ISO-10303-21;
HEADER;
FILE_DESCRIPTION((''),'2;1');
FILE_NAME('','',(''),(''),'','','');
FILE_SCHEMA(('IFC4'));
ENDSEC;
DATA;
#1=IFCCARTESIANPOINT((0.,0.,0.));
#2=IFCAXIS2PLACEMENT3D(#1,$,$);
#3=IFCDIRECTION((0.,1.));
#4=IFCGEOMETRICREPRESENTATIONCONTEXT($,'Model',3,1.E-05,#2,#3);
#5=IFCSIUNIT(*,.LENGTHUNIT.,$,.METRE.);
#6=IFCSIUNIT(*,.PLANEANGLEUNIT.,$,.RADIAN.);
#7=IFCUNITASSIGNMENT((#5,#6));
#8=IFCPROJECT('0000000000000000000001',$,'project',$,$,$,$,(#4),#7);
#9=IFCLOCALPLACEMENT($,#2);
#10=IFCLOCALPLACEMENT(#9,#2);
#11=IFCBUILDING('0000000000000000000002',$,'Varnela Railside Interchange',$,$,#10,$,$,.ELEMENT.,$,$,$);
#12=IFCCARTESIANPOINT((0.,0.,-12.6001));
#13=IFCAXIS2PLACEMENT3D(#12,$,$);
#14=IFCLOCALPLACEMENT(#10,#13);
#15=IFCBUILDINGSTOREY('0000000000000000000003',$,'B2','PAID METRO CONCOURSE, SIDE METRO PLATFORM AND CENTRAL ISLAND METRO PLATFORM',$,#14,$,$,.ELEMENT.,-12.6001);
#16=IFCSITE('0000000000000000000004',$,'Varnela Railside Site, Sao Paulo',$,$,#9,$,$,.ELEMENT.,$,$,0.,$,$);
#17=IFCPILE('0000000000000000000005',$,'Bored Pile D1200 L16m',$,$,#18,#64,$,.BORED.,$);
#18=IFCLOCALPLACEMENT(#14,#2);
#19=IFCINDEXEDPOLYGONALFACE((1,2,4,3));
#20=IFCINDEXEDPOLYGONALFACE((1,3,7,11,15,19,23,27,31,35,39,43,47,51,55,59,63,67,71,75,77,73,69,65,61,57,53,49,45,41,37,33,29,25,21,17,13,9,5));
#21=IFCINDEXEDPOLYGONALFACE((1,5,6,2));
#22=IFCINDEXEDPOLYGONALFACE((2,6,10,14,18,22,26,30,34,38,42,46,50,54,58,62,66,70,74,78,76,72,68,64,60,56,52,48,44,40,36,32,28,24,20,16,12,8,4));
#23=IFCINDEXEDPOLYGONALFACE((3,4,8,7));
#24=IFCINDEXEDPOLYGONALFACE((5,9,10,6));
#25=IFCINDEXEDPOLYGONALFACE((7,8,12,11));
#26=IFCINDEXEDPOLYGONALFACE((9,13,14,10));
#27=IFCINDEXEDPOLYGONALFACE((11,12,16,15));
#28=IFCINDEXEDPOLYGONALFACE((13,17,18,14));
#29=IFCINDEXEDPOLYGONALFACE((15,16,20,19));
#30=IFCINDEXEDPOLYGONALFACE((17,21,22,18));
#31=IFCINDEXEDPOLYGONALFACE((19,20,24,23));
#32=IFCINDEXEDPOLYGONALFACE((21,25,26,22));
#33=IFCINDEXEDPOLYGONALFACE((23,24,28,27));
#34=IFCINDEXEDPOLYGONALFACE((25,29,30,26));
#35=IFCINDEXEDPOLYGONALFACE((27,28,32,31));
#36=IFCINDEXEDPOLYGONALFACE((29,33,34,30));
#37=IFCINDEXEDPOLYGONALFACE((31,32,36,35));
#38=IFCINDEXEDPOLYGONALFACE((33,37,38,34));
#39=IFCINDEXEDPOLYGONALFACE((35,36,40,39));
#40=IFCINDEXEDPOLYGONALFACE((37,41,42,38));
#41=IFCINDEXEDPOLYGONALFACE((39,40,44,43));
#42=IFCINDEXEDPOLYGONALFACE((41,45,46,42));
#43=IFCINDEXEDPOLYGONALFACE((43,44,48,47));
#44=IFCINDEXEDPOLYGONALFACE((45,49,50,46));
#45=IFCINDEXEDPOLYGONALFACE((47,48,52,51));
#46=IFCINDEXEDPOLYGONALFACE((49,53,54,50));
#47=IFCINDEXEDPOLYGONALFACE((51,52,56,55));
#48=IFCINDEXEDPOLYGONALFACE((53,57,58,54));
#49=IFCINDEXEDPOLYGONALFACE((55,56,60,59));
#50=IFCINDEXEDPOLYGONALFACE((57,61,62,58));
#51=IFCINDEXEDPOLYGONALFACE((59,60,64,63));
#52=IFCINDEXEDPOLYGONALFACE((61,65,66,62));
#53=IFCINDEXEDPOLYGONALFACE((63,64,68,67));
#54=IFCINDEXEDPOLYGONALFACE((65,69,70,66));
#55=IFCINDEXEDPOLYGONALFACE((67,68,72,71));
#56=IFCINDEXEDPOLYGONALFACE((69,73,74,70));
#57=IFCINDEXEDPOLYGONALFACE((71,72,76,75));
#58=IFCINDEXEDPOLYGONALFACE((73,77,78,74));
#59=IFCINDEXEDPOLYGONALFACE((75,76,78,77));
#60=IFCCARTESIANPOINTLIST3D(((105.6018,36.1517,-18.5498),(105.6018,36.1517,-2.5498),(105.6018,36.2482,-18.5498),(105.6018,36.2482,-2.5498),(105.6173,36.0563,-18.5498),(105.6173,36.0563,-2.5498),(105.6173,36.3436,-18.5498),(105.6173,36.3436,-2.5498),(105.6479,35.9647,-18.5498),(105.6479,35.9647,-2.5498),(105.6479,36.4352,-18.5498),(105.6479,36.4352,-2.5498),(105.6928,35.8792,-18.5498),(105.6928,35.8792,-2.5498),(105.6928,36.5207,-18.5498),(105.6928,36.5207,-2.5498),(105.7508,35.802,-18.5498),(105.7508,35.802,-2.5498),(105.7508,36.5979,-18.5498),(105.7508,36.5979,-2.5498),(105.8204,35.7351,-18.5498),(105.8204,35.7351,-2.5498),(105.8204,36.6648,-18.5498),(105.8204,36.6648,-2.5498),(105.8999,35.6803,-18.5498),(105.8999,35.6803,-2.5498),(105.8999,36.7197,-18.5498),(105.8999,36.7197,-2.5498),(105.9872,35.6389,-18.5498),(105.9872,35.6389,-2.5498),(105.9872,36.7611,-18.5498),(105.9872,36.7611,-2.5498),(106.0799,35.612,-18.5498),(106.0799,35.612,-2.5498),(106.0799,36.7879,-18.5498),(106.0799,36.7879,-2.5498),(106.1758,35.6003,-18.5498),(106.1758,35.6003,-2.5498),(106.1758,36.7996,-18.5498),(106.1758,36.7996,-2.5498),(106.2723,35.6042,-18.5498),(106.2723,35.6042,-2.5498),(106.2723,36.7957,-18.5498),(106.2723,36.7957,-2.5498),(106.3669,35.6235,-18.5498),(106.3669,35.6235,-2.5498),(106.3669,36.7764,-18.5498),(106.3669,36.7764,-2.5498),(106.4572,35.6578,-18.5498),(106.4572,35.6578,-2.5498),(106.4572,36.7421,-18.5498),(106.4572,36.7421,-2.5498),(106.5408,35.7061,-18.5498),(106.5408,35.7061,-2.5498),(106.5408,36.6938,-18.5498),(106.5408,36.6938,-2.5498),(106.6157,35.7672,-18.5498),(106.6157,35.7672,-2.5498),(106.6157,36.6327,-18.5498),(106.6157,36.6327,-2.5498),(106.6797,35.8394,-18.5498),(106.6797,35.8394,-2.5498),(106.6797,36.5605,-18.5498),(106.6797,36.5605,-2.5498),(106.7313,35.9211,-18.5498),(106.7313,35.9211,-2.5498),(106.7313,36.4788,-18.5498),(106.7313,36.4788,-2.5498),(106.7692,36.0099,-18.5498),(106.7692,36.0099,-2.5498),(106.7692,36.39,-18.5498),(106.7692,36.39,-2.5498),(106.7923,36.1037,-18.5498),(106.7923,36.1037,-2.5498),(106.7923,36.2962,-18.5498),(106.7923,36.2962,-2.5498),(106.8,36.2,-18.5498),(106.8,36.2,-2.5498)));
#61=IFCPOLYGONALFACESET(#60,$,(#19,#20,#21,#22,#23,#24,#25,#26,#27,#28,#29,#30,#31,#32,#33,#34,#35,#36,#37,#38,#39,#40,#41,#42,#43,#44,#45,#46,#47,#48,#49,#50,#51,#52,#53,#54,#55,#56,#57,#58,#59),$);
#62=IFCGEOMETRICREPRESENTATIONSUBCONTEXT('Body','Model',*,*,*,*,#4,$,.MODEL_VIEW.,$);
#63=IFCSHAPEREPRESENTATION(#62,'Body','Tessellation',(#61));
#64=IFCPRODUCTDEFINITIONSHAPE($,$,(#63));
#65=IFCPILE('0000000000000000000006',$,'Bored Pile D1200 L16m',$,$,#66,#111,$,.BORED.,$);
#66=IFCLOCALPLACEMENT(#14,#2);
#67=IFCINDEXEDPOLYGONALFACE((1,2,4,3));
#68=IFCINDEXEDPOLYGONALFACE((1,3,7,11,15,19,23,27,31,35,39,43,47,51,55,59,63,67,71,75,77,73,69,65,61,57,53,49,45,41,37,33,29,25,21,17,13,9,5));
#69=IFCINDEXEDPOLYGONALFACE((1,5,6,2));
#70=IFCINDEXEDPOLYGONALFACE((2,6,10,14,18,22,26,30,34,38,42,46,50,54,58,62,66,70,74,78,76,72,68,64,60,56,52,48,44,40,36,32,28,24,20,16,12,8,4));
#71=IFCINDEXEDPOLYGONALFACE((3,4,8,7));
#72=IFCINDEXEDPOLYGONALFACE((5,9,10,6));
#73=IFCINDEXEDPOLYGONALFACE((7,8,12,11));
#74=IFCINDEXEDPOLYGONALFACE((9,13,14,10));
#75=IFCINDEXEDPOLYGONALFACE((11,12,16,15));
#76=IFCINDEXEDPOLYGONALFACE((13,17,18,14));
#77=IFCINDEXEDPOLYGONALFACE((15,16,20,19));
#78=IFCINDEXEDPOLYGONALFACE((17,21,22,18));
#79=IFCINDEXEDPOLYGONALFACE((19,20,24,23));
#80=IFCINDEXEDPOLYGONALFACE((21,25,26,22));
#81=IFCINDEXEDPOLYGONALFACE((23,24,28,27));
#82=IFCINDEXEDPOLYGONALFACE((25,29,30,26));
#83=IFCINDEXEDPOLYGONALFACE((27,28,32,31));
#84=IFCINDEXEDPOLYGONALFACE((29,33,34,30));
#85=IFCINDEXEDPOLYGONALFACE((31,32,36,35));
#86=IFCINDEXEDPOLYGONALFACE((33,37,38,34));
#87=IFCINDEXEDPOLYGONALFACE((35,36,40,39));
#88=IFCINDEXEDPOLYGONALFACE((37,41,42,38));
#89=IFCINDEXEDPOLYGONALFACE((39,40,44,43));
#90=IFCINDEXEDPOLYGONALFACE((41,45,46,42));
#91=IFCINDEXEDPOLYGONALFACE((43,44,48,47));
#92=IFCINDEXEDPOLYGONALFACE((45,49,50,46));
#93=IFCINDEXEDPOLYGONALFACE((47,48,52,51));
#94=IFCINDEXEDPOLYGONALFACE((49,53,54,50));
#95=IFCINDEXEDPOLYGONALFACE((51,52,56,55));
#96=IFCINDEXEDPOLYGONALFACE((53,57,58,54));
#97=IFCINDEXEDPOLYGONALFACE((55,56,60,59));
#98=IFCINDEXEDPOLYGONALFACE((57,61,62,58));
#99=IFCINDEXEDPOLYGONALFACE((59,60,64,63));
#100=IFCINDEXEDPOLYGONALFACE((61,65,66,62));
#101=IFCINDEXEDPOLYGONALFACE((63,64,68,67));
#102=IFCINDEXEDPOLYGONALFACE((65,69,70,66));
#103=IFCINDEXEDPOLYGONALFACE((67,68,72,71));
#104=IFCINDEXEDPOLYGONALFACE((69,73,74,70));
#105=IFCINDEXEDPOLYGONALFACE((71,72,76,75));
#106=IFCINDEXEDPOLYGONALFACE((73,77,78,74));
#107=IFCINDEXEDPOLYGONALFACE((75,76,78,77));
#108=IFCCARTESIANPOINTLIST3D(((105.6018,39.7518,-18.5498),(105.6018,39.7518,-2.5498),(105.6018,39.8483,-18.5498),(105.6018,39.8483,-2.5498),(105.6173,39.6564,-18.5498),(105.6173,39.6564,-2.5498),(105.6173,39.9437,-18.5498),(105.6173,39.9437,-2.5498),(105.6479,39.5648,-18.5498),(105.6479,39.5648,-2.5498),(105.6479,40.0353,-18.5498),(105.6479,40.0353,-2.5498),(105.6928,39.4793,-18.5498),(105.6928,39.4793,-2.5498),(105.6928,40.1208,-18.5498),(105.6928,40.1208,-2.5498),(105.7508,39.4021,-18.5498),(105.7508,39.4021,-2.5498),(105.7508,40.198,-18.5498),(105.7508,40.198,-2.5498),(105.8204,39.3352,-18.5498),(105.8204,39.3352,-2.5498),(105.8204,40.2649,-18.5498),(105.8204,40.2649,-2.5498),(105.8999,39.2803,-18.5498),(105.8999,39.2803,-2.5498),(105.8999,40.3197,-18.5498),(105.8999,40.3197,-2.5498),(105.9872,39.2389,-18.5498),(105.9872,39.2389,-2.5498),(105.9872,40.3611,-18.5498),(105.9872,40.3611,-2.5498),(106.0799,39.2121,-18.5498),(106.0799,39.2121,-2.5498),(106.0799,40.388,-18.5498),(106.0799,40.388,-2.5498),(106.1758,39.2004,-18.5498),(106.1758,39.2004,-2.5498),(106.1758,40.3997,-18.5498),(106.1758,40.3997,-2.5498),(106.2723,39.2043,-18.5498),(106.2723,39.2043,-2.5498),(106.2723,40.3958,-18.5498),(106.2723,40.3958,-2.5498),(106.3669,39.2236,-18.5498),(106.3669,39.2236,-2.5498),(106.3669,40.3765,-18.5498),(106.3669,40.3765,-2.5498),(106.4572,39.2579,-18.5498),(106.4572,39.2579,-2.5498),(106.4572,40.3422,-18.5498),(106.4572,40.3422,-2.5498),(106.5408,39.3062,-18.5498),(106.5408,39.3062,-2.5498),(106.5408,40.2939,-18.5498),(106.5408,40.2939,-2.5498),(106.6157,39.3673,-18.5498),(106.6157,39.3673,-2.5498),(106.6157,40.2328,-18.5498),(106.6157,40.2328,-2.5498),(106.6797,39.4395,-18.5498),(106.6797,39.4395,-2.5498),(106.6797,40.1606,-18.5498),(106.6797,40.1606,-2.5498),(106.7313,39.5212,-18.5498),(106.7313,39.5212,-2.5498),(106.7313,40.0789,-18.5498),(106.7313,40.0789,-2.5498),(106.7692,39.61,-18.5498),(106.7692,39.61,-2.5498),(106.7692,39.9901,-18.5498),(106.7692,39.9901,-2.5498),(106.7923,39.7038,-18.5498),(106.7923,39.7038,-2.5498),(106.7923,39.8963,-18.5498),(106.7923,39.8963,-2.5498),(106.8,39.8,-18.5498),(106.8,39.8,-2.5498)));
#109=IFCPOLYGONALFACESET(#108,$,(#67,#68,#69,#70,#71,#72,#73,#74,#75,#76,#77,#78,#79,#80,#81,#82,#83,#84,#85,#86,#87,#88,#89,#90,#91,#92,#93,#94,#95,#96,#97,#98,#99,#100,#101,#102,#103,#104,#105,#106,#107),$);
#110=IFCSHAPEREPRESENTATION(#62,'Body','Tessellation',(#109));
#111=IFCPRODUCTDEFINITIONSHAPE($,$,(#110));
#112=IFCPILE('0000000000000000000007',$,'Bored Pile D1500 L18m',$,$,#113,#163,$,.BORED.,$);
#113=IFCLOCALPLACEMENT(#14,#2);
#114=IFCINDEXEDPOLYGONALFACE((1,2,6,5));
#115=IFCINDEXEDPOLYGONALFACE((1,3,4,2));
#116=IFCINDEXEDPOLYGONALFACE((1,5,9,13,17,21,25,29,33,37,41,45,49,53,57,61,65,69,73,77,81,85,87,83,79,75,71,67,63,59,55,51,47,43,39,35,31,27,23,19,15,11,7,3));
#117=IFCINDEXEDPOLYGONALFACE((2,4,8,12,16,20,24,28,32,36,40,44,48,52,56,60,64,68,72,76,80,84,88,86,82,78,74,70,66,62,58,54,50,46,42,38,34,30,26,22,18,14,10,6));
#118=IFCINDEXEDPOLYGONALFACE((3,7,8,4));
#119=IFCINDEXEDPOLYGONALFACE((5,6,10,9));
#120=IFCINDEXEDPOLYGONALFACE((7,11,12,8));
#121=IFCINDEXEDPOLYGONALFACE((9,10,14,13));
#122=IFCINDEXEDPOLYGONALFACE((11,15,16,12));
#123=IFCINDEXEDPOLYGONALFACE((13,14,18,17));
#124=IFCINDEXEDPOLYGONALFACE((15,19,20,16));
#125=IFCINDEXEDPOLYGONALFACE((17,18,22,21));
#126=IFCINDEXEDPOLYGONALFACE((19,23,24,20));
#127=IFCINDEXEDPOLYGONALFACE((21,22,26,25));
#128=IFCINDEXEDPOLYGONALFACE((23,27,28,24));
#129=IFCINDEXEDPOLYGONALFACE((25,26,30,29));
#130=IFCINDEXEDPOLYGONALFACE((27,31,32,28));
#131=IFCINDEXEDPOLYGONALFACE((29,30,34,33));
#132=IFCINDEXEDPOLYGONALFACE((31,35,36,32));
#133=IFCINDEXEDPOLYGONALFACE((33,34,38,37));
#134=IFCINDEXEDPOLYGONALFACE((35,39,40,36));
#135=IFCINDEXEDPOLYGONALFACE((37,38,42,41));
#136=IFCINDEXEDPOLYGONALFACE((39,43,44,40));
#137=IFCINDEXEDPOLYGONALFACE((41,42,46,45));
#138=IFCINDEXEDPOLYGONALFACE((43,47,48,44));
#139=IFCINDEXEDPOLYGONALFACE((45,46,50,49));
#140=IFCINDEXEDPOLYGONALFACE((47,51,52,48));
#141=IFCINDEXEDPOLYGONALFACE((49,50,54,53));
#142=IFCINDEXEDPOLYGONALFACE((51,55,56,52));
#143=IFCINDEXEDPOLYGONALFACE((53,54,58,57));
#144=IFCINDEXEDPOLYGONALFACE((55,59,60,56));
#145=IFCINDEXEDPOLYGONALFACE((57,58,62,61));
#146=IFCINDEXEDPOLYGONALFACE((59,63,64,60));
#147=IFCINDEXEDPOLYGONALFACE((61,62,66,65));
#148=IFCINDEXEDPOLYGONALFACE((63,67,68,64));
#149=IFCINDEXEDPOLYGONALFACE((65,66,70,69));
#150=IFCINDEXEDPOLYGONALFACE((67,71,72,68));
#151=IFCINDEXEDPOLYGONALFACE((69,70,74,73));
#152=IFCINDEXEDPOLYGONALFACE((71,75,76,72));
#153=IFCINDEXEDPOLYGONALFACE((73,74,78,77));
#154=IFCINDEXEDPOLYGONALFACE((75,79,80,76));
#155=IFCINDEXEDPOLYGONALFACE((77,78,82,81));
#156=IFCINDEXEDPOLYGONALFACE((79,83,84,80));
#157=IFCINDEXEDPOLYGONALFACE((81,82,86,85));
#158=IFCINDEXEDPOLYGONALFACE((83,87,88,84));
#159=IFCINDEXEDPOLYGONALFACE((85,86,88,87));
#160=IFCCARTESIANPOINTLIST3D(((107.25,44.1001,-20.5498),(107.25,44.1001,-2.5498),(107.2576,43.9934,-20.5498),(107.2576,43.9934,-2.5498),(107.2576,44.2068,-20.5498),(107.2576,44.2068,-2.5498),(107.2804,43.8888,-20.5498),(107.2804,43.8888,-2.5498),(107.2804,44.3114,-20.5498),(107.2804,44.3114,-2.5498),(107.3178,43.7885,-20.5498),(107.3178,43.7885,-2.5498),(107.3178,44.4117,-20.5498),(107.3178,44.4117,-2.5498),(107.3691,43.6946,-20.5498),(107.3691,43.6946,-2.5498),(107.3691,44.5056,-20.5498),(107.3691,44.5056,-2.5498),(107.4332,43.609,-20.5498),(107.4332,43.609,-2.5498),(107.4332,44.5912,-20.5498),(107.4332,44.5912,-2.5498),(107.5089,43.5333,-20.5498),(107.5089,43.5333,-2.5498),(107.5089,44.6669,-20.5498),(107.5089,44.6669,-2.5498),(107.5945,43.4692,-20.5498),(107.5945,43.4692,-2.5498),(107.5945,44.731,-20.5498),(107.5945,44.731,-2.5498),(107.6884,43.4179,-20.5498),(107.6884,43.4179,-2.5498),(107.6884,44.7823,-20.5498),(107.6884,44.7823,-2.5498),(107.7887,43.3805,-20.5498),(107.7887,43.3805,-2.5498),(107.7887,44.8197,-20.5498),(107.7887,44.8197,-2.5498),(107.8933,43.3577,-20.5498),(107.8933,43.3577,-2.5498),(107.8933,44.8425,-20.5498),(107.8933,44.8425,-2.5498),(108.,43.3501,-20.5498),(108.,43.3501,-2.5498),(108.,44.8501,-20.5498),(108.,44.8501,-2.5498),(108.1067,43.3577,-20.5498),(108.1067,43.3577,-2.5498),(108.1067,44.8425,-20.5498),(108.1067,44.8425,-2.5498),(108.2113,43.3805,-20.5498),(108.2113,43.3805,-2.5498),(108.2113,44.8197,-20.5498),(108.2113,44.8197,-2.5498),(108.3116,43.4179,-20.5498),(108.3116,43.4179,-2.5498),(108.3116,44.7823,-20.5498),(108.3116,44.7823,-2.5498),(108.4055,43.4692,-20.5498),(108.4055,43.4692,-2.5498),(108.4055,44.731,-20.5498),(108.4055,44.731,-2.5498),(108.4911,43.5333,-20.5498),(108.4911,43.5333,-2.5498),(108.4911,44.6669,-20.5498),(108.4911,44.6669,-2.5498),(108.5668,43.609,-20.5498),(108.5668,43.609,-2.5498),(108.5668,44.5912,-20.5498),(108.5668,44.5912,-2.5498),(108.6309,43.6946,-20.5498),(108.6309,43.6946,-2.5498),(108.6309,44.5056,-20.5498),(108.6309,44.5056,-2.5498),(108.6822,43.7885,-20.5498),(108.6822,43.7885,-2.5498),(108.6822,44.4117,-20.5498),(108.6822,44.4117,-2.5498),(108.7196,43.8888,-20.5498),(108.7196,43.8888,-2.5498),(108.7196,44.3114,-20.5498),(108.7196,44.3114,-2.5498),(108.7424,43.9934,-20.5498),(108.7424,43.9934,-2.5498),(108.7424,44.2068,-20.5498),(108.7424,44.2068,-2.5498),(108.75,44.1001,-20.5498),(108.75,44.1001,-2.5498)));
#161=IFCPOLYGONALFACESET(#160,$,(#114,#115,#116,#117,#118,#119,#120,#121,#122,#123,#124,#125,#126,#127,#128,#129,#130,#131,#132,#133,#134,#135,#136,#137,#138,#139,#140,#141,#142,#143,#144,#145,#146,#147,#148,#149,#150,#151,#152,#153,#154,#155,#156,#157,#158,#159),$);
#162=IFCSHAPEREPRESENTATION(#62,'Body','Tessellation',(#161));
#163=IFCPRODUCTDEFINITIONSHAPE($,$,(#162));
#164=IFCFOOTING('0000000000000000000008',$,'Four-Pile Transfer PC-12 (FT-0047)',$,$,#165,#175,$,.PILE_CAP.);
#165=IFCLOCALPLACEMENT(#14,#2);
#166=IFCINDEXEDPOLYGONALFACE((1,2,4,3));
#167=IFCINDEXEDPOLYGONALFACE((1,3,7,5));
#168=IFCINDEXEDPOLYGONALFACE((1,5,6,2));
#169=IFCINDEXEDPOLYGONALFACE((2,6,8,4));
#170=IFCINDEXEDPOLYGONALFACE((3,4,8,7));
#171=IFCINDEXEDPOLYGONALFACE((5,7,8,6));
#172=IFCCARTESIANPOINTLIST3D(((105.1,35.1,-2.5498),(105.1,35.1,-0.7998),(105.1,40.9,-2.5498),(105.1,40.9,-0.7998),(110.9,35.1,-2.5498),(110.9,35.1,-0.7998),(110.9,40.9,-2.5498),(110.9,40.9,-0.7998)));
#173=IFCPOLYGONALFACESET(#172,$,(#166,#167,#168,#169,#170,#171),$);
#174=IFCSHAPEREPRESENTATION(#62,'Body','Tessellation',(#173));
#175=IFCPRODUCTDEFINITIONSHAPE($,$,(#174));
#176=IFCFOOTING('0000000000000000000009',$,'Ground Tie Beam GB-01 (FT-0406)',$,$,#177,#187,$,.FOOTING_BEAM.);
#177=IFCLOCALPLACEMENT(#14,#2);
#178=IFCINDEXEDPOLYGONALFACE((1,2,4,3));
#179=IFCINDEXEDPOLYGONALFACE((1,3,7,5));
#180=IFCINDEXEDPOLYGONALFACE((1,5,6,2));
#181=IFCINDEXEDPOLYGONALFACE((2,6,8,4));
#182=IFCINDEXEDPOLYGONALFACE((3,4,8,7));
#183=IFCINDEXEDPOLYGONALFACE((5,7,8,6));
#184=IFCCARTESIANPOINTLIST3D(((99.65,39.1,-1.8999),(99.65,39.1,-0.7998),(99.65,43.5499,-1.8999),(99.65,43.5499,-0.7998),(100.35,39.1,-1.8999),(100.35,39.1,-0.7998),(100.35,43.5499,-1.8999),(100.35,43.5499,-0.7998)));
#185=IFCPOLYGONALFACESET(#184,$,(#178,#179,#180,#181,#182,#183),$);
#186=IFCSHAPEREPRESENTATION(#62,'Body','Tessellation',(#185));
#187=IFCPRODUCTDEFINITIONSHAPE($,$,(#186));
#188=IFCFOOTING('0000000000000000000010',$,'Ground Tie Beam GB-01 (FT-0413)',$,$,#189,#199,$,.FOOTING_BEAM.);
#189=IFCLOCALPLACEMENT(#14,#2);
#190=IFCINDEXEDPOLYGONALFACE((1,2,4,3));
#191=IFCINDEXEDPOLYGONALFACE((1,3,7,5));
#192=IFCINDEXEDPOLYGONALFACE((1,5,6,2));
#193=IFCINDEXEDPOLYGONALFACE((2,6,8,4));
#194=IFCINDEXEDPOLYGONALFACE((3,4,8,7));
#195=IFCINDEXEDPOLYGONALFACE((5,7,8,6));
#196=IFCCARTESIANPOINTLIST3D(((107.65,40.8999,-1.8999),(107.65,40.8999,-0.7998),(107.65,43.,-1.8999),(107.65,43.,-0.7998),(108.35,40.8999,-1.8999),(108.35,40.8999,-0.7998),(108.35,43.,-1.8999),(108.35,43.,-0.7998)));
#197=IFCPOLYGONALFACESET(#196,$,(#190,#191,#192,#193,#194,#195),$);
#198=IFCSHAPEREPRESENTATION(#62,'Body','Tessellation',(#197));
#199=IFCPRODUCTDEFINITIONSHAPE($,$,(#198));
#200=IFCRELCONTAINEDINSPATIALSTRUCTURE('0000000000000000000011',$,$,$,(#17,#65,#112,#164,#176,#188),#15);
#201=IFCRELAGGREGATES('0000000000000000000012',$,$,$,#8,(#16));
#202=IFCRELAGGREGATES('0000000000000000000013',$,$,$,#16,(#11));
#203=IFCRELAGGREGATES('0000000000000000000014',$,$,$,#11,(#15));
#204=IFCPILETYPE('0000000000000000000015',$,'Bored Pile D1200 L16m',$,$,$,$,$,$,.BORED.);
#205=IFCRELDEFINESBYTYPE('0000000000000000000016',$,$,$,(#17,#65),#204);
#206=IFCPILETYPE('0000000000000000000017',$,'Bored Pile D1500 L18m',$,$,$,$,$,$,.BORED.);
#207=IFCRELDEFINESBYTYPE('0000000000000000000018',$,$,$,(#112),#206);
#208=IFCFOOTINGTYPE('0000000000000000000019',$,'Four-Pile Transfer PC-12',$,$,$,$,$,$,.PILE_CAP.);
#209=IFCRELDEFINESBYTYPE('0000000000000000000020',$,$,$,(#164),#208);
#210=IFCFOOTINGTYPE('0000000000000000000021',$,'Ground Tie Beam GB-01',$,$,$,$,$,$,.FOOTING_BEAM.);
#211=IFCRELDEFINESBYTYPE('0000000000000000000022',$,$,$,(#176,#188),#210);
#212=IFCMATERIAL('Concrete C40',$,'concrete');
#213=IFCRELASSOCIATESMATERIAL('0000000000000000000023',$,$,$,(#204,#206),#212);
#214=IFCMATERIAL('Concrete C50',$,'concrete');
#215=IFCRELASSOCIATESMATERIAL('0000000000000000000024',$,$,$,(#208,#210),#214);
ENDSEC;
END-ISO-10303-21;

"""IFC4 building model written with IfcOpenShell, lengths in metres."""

from ifc_helpers import new_model, si_unit, direction, frame, origin, origin_2d, place, context, subcontext, project, spatial, rectangle, circle, extrude, material, material_profile, profile_set, type_object, element, save


model = new_model("IFC4")

# Units and contexts
model_context = context("Model", 3, precision=1e-05, world=origin(), true_north=direction((0.0, 1.0)))
body_context = subcontext(model_context, "Body", "Model", "MODEL_VIEW")
ifc_project = project(units=[si_unit("LENGTHUNIT", "METRE"), si_unit("PLANEANGLEUNIT", "RADIAN")], contexts=[model_context])

# Site, building, storey
site_placement = place(None, origin())
site = spatial("IfcSite", under=ifc_project, at=site_placement, Name="Varnela Railside Site, Sao Paulo", CompositionType="ELEMENT", RefElevation=0.0)
building_placement = place(site_placement, origin())
building = spatial("IfcBuilding", under=site, at=building_placement, Name="Varnela Railside Interchange", CompositionType="ELEMENT")
storey_placement = place(building_placement, frame((0.0, 0.0, -12.6001)))
storey = spatial("IfcBuildingStorey", under=building, at=storey_placement, Name="B2", Description="PAID METRO CONCOURSE, SIDE METRO PLATFORM AND CENTRAL ISLAND METRO PLATFORM", CompositionType="ELEMENT", Elevation=-12.6001)

# Piles
ifc_material_1 = material(Name="Concrete C40", Category="concrete")
ifc_material_profile_1 = material_profile(ifc_material_1, circle(Radius=0.6001, at=origin_2d()), Name="BORED PILE D1200")
ifc_profile_set_1 = profile_set([ifc_material_profile_1], Name="Concrete C40")
pile_type_1 = type_object("IfcPileType", Name="Bored Pile D1200 L16m", PredefinedType="BORED", material=ifc_profile_set_1)
for number, where, z_axis, x_axis, name in (
    (1, (106.2, 36.2, -2.5498), (0.0, 0.0, -1.0), (1.0, 0.0, 0.0), "Bored Pile D1200 L16m"),
    (2, (106.2, 39.8, -2.5498), (0.0, 0.0, -1.0), (1.0, 0.0, 0.0), "Bored Pile D1200 L16m"),
):
    element("IfcPile", number, at=place(storey_placement, frame(where, z_axis=z_axis, x_axis=x_axis)), inside=storey, type_object=pile_type_1, Name=name, PredefinedType="BORED", context=body_context, shape_type="SweptSolid", body=[
        extrude(circle(Radius=0.6001, at=origin_2d()), origin(), (0.0, 0.0, 1.0), 16.0),
    ])
ifc_material_profile_2 = material_profile(ifc_material_1, circle(Radius=0.75, at=origin_2d()), Name="BORED PILE D1500")
ifc_profile_set_2 = profile_set([ifc_material_profile_2], Name="Concrete C40")
pile_type_2 = type_object("IfcPileType", Name="Bored Pile D1500 L18m", PredefinedType="BORED", material=ifc_profile_set_2)
pile_placement = place(storey_placement, frame((108.0, 44.1001, -2.5498), z_axis=(0.0, 0.0, -1.0), x_axis=(1.0, 0.0, 0.0)))
element("IfcPile", 3, at=pile_placement, inside=storey, type_object=pile_type_2, Name="Bored Pile D1500 L18m", PredefinedType="BORED", context=body_context, shape_type="SweptSolid", body=[
    extrude(circle(Radius=0.75, at=origin_2d()), origin(), (0.0, 0.0, 1.0), 18.0),
])

# Footings
ifc_material_2 = material(Name="Concrete C50", Category="concrete")
footing_type_1 = type_object("IfcFootingType", Name="Four-Pile Transfer PC-12", PredefinedType="PILE_CAP", material=ifc_material_2)
footing_1_placement = place(storey_placement, frame((108.0, 38.0, -2.5498), z_axis=(0.0, 0.0, 1.0), x_axis=(1.0, 0.0, 0.0)))
element("IfcFooting", 4, at=footing_1_placement, inside=storey, type_object=footing_type_1, Name="Four-Pile Transfer PC-12 (FT-0047)", PredefinedType="PILE_CAP", context=body_context, shape_type="SweptSolid", body=[
    extrude(rectangle(XDim=5.8, YDim=5.8, at=origin_2d()), origin(), (0.0, 0.0, 1.0), 1.75),
])
footing_type_2 = type_object("IfcFootingType", Name="Ground Tie Beam GB-01", PredefinedType="FOOTING_BEAM", material=ifc_material_2)
footing_2_placement = place(storey_placement, frame((100.0, 41.325, -1.8999), z_axis=(0.0, 0.0, 1.0), x_axis=(1.0, 0.0, 0.0)))
element("IfcFooting", 5, at=footing_2_placement, inside=storey, type_object=footing_type_2, Name="Ground Tie Beam GB-01 (FT-0406)", PredefinedType="FOOTING_BEAM", context=body_context, shape_type="SweptSolid", body=[
    extrude(rectangle(XDim=0.7, YDim=4.45, at=origin_2d()), origin(), (0.0, 0.0, 1.0), 1.1001),
])
footing_3_placement = place(storey_placement, frame((108.0, 41.95, -1.8999), z_axis=(0.0, 0.0, 1.0), x_axis=(1.0, 0.0, 0.0)))
element("IfcFooting", 6, at=footing_3_placement, inside=storey, type_object=footing_type_2, Name="Ground Tie Beam GB-01 (FT-0413)", PredefinedType="FOOTING_BEAM", context=body_context, shape_type="SweptSolid", body=[
    extrude(rectangle(XDim=0.7, YDim=2.1001, at=origin_2d()), origin(), (0.0, 0.0, 1.0), 1.1001),
])

save(model, "model.ifc")
